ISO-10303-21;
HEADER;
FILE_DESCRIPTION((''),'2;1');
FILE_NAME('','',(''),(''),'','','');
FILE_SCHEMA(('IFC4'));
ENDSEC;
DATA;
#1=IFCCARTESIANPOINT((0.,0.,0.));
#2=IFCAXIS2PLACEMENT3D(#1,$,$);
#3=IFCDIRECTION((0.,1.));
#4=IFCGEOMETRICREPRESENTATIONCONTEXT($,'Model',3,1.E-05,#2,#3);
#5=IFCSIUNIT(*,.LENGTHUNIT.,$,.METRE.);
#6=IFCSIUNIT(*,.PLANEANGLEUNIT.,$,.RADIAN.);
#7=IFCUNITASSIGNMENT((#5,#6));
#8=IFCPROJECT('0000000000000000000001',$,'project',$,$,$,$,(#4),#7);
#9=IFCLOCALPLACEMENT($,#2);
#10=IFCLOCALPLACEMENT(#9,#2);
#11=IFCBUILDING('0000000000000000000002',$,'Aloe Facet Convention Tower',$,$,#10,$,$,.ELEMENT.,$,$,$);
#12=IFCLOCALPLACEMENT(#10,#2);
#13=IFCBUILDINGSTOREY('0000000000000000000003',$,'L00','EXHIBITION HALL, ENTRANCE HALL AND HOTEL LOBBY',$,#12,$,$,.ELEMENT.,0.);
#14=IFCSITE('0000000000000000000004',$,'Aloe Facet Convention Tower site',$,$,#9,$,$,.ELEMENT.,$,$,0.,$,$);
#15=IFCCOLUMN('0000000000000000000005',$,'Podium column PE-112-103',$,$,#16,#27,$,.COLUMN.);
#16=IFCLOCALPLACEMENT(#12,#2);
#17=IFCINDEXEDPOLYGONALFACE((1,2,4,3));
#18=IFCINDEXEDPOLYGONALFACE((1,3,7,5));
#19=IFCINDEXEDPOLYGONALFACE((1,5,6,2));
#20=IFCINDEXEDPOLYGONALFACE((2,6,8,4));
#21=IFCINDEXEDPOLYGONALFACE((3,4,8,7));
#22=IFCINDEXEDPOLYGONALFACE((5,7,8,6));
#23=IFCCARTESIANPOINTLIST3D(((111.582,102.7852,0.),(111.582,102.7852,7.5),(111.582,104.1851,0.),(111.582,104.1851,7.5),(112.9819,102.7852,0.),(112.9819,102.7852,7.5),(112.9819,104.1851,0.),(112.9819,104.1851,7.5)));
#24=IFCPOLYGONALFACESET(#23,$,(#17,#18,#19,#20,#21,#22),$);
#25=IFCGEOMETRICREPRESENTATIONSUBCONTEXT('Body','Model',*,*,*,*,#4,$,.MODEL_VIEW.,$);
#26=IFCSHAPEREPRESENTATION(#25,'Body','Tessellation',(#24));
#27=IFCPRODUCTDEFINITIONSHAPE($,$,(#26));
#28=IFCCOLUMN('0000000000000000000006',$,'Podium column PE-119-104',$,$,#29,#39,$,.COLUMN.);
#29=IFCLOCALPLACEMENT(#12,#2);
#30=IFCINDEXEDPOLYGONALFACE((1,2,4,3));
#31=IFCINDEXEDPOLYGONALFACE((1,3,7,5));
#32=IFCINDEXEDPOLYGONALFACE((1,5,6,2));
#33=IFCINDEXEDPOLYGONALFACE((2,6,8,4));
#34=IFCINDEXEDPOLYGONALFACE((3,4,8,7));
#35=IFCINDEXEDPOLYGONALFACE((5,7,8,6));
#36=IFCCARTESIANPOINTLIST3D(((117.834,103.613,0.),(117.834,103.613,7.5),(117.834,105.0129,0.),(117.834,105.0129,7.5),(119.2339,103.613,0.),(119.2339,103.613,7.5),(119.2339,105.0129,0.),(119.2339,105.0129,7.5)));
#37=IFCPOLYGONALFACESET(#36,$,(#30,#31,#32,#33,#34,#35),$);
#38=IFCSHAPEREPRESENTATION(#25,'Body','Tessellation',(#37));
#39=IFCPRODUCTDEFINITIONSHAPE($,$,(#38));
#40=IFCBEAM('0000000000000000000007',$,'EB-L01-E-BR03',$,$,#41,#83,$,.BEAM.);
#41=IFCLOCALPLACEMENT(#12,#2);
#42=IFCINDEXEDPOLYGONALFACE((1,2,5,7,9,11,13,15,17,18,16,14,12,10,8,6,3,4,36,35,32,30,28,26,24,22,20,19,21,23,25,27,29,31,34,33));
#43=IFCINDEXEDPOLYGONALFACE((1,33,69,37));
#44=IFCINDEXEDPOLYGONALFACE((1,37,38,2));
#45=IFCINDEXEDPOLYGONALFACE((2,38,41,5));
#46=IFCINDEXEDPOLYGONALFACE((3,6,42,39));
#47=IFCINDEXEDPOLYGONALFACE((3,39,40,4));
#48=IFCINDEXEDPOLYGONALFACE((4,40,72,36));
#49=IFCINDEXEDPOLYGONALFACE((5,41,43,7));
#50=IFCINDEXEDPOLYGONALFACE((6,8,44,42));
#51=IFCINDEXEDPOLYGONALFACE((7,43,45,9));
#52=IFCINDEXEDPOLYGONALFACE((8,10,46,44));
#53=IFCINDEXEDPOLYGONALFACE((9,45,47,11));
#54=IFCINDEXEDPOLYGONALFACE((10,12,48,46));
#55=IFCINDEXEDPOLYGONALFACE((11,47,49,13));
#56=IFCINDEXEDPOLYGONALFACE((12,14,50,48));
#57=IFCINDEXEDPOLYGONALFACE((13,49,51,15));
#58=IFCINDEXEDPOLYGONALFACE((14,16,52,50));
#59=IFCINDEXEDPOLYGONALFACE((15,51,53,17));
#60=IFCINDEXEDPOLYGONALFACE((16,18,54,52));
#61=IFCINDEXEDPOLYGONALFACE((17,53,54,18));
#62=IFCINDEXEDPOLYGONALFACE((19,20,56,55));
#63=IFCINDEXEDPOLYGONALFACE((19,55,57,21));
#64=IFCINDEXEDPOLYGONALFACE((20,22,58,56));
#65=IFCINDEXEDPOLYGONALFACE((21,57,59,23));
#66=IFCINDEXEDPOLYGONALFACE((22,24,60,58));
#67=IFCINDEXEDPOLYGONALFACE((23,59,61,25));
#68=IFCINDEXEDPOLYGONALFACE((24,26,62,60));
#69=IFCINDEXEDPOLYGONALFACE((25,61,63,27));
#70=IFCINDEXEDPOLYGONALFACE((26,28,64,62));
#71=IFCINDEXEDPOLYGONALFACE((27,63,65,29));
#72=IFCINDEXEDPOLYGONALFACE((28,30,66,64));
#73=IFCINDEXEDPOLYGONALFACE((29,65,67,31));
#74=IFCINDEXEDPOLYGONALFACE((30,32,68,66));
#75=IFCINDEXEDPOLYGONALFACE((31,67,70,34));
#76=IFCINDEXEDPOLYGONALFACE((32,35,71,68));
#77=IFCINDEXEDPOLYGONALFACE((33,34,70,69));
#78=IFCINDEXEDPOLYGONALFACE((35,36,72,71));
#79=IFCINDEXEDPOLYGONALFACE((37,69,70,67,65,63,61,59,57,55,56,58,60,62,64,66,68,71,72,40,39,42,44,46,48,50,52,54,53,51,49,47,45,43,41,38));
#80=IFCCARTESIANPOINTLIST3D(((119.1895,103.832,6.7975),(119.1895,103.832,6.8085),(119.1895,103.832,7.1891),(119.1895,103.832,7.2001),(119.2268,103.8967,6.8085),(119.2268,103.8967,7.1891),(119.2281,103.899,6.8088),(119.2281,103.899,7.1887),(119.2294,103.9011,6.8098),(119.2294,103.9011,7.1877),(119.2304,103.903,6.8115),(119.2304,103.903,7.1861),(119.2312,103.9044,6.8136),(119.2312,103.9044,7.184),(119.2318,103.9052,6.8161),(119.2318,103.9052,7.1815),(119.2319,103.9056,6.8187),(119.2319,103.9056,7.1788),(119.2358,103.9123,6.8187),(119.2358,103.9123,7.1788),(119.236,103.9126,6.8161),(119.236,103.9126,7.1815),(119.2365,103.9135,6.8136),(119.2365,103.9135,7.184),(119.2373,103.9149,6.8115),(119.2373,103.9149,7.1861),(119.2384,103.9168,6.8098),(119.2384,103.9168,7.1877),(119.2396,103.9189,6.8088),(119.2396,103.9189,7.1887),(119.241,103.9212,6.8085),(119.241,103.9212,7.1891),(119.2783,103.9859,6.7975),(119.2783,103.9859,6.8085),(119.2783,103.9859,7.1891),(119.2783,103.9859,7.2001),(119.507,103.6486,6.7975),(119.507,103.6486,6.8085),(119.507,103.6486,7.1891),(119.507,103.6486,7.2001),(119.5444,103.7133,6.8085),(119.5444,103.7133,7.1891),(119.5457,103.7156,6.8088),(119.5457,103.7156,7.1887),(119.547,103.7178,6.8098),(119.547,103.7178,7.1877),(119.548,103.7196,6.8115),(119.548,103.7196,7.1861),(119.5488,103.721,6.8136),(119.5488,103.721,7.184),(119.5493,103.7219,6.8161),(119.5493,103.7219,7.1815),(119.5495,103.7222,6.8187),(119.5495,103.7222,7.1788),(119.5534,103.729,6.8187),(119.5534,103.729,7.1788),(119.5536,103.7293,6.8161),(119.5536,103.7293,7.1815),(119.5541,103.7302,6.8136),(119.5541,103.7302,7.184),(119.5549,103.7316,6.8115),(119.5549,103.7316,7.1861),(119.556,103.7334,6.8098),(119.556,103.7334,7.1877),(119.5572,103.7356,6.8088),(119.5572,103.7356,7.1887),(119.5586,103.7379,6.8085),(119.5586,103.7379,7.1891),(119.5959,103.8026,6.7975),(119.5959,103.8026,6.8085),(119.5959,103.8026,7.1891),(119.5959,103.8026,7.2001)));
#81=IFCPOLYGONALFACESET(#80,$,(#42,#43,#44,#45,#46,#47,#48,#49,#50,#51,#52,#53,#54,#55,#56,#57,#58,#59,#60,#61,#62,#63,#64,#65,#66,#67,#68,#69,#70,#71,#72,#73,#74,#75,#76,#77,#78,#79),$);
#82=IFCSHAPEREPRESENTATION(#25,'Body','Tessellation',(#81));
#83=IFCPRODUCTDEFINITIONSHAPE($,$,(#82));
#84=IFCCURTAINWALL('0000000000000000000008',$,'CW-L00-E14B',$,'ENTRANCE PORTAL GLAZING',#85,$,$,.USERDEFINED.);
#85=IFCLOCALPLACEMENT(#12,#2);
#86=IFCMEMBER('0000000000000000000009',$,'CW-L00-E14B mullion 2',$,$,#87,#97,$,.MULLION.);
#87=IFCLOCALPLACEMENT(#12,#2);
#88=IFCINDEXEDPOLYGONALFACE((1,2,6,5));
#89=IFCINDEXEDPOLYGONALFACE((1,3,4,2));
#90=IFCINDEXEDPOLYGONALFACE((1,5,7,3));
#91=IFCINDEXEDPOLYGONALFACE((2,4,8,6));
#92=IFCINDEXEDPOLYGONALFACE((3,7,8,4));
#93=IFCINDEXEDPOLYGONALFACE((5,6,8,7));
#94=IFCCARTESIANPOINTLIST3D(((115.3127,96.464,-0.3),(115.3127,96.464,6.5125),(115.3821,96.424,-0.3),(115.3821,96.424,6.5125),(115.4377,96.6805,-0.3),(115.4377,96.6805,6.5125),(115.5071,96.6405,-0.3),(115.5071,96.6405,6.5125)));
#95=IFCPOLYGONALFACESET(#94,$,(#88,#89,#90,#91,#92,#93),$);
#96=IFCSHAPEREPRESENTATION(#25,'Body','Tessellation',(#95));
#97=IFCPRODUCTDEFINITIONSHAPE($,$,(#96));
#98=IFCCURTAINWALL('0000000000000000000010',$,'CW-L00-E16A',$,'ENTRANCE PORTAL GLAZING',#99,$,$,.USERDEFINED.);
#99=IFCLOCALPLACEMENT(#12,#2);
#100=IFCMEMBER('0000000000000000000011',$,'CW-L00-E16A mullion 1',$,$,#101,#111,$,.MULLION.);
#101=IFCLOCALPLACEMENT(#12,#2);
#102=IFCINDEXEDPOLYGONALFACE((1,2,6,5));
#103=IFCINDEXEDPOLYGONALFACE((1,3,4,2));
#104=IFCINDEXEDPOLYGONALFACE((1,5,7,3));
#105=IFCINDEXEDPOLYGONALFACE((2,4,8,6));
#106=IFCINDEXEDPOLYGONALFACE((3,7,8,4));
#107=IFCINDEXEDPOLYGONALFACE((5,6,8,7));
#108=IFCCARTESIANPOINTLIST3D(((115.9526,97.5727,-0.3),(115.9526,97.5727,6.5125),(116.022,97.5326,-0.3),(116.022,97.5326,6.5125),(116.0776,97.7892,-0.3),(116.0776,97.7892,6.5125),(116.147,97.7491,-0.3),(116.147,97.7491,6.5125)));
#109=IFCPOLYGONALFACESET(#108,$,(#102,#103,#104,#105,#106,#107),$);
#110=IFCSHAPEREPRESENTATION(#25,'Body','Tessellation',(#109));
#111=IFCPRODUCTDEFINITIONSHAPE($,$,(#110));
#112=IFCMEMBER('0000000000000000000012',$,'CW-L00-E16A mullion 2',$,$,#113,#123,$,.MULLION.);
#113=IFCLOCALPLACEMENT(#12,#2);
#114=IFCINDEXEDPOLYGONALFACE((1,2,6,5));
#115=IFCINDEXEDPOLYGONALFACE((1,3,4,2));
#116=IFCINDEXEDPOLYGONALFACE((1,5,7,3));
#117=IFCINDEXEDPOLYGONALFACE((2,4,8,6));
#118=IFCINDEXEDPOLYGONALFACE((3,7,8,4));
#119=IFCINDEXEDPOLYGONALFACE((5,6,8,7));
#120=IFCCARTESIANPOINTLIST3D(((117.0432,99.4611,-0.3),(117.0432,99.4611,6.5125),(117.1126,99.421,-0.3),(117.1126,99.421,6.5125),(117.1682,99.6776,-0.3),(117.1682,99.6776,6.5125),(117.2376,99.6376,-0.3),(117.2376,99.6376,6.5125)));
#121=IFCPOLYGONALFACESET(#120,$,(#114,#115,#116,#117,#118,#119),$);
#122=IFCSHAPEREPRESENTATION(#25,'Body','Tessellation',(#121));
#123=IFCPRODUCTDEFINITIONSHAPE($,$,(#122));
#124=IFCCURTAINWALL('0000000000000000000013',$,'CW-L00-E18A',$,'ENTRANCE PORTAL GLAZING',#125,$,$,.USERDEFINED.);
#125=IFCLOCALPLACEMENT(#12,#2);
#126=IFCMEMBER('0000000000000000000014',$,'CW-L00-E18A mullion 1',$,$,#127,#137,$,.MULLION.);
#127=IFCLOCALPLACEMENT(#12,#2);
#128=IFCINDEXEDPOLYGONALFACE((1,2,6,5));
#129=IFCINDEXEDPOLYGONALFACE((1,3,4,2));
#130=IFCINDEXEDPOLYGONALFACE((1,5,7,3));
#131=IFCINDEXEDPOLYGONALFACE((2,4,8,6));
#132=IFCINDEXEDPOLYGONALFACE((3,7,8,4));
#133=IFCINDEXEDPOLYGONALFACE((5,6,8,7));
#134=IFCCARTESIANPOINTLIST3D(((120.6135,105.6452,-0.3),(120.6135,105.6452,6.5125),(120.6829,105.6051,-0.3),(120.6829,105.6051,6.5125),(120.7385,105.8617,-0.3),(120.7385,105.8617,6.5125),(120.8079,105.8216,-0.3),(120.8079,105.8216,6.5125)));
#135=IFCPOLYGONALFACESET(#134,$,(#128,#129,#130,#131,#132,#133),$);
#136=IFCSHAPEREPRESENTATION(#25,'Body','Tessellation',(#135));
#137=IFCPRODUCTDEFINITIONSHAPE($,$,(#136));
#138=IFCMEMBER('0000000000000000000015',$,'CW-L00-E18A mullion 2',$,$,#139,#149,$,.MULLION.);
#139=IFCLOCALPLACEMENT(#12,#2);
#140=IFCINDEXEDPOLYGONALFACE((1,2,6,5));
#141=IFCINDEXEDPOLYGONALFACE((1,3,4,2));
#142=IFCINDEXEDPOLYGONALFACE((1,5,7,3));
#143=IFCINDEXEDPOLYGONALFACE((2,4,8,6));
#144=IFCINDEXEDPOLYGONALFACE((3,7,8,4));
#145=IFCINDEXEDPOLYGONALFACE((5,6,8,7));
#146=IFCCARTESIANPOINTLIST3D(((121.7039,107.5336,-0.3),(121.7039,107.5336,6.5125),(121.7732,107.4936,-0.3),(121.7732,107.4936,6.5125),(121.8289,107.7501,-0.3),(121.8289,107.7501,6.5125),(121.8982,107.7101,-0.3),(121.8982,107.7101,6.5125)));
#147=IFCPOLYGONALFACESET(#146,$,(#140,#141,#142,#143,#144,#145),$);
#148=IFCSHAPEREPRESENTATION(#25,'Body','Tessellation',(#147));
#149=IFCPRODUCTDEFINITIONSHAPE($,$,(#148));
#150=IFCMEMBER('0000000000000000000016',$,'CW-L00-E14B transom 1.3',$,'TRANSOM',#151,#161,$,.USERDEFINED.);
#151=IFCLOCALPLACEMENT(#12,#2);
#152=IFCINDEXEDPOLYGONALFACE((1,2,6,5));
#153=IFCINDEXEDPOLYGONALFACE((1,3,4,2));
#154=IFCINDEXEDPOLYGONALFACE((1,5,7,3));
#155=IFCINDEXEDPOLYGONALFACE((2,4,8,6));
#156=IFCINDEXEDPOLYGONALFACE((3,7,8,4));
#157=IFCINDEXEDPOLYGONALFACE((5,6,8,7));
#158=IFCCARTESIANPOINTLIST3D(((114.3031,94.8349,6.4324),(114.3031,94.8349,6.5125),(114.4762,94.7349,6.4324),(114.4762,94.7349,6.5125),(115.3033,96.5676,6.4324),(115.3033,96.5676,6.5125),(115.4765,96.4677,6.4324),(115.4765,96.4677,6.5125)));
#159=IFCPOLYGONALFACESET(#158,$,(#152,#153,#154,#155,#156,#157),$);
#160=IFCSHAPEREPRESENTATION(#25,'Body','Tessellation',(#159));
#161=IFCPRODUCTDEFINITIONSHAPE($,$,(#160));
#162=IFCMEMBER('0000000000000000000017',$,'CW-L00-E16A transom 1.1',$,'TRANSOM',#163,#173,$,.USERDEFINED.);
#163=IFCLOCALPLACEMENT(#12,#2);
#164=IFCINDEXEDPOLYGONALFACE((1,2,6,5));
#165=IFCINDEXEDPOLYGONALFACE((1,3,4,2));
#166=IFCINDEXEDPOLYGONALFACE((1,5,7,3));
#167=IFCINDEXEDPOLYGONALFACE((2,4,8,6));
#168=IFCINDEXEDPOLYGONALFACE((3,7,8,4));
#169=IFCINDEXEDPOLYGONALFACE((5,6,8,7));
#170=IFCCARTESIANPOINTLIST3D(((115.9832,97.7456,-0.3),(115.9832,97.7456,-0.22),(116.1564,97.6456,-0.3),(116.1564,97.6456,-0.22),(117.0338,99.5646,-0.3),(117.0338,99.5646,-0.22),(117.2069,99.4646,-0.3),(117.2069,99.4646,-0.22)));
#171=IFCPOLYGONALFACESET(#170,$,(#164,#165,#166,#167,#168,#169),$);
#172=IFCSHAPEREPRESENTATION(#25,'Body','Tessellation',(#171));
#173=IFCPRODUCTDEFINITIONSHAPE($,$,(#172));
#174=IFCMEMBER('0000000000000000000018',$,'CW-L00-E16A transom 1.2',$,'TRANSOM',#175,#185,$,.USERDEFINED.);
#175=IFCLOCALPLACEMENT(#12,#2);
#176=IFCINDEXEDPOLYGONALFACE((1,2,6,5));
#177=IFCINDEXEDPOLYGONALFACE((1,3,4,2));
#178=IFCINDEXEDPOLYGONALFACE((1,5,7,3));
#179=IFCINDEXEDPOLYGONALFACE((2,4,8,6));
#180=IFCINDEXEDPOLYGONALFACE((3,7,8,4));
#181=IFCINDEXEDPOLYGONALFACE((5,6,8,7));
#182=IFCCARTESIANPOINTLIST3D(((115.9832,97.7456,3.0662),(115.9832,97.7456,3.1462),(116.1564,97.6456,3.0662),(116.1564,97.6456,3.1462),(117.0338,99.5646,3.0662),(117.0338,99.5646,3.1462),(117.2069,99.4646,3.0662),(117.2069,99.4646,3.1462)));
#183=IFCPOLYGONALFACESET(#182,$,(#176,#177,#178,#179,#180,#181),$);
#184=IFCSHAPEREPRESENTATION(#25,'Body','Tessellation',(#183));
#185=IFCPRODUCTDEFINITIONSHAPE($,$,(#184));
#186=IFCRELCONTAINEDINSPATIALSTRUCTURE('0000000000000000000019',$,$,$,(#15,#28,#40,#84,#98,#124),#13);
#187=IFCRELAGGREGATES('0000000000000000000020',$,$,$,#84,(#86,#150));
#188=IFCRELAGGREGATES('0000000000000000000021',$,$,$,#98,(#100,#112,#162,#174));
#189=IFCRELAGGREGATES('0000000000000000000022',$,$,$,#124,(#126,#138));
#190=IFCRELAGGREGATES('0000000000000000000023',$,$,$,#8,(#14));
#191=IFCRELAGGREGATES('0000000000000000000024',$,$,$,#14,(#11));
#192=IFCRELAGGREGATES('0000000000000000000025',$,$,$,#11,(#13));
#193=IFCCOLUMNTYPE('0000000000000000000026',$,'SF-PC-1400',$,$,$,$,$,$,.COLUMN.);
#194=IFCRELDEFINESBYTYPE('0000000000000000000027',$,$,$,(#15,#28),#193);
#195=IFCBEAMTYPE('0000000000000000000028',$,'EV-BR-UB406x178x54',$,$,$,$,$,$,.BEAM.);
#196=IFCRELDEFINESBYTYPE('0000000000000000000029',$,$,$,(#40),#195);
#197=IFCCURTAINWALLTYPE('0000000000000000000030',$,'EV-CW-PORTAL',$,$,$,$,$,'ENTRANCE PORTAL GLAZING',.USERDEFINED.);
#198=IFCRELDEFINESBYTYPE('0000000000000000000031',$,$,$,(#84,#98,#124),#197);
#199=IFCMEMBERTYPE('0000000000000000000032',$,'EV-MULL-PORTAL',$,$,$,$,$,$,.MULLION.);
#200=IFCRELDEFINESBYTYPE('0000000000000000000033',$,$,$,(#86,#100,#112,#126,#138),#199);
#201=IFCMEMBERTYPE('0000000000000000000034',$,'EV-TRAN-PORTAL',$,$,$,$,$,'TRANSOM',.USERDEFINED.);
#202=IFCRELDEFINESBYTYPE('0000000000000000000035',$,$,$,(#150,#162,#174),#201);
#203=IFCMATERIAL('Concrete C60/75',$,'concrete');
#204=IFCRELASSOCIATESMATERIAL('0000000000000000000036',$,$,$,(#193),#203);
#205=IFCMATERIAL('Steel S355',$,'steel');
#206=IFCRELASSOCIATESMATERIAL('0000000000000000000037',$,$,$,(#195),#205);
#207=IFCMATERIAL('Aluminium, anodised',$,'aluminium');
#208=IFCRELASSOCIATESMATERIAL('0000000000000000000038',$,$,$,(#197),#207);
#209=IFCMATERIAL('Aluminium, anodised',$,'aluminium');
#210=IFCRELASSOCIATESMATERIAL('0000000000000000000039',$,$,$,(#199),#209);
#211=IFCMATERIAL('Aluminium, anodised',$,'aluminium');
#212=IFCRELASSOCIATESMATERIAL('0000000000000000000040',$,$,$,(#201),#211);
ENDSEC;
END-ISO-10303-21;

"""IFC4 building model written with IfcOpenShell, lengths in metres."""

from ifc_helpers import new_model, si_unit, direction, frame, origin, origin_2d, place, context, subcontext, project, spatial, rectangle, i_section, extrude, material, material_profile, profile_set, type_object, element, aggregate, save


model = new_model("IFC4")

# Units and contexts
model_context = context("Model", 3, precision=1e-05, world=origin(), true_north=direction((0.0, 1.0)))
body_context = subcontext(model_context, "Body", "Model", "MODEL_VIEW")
ifc_project = project(units=[si_unit("LENGTHUNIT", "METRE"), si_unit("PLANEANGLEUNIT", "RADIAN")], contexts=[model_context])

# Site, building, storey
site_placement = place(None, origin())
site = spatial("IfcSite", under=ifc_project, at=site_placement, Name="Aloe Facet Convention Tower site", CompositionType="ELEMENT", RefElevation=0.0)
building_placement = place(site_placement, origin())
building = spatial("IfcBuilding", under=site, at=building_placement, Name="Aloe Facet Convention Tower", CompositionType="ELEMENT")
storey_placement = place(building_placement, origin())
storey = spatial("IfcBuildingStorey", under=building, at=storey_placement, Name="L00", Description="EXHIBITION HALL, ENTRANCE HALL AND HOTEL LOBBY", CompositionType="ELEMENT", Elevation=0.0)

# Columns
ifc_material_1 = material(Name="Concrete C60/75", Category="concrete")
ifc_material_profile_1 = material_profile(ifc_material_1, rectangle(XDim=1.3999, YDim=1.3999, at=origin_2d()), Name="SF-PC-1400")
ifc_profile_set_1 = profile_set([ifc_material_profile_1], Name="Concrete C60/75")
column_type = type_object("IfcColumnType", Name="SF-PC-1400", PredefinedType="COLUMN", material=ifc_profile_set_1)
for number, where, z_axis, x_axis, name in (
    (1, (112.282, 103.4851, 0.0), (0.0, 0.0, 1.0), (1.0, 0.0, 0.0), "Podium column PE-112-103"),
    (2, (118.5339, 104.313, 0.0), (0.0, 0.0, 1.0), (1.0, 0.0, 0.0), "Podium column PE-119-104"),
):
    element("IfcColumn", number, at=place(storey_placement, frame(where, z_axis=z_axis, x_axis=x_axis)), inside=storey, type_object=column_type, Name=name, PredefinedType="COLUMN", context=body_context, shape_type="SweptSolid", body=[
        extrude(rectangle(XDim=1.3999, YDim=1.3999, at=origin_2d()), origin(), (0.0, 0.0, 1.0), 7.5),
    ])

# Beam
ifc_material_2 = material(Name="Steel S355", Category="steel")
ifc_material_profile_2 = material_profile(ifc_material_2, i_section(OverallWidth=0.1777, OverallDepth=0.4026, WebThickness=0.0078, FlangeThickness=0.011, FilletRadius=0.0103, at=origin_2d()), Name="UB 406x178x54")
ifc_profile_set_2 = profile_set([ifc_material_profile_2], Name="Steel S355")
beam_type_1 = type_object("IfcBeamType", Name="EV-BR-UB406x178x54", PredefinedType="BEAM", material=ifc_profile_set_2)
beam_1_placement = place(storey_placement, frame((119.2339, 103.9089, 6.9988), z_axis=(0.866064, -0.499934, 0.0), x_axis=(0.499934, 0.866064, 0.0)))
element("IfcBeam", 3, at=beam_1_placement, inside=storey, type_object=beam_type_1, Name="EB-L01-E-BR03", PredefinedType="BEAM", context=body_context, shape_type="SweptSolid", body=[
    extrude(i_section(OverallWidth=0.1777, OverallDepth=0.4026, WebThickness=0.0078, FlangeThickness=0.011, FilletRadius=0.0103, at=origin_2d()), origin(), (0.0, 0.0, 1.0), 0.3667),
])

# Curtain wall, member
ifc_material_3 = material(Name="Aluminium, anodised", Category="aluminium")
curtain_wall_type = type_object("IfcCurtainWallType", Name="EV-CW-PORTAL", ElementType="ENTRANCE PORTAL GLAZING", PredefinedType="USERDEFINED", material=ifc_material_3)
curtain_wall_1_placement = place(storey_placement, origin())
curtain_wall_1 = element("IfcCurtainWall", 4, at=curtain_wall_1_placement, inside=storey, type_object=curtain_wall_type, Name="CW-L00-E14B", ObjectType="ENTRANCE PORTAL GLAZING", PredefinedType="USERDEFINED")
ifc_material_4 = material(Name="Aluminium, anodised", Category="aluminium")
ifc_material_profile_3 = material_profile(ifc_material_4, rectangle(XDim=0.0801, YDim=0.25, at=origin_2d()), Name="AL 80x250")
ifc_profile_set_3 = profile_set([ifc_material_profile_3], Name="Aluminium, anodised")
member_type_1 = type_object("IfcMemberType", Name="EV-MULL-PORTAL", PredefinedType="MULLION", material=ifc_profile_set_3)
member_1_placement = place(storey_placement, frame((115.4099, 96.5522, -0.3), z_axis=(0.0, 0.0, 1.0), x_axis=(-0.866025, 0.5, 0.0)))
member_1 = element("IfcMember", 5, at=member_1_placement, type_object=member_type_1, Name="CW-L00-E14B mullion 2", PredefinedType="MULLION", context=body_context, shape_type="SweptSolid", body=[
    extrude(rectangle(XDim=0.0801, YDim=0.25, at=origin_2d()), origin(), (0.0, 0.0, 1.0), 6.8125),
])

# Curtain walls, members
curtain_wall_2_placement = place(storey_placement, origin())
curtain_wall_2 = element("IfcCurtainWall", 6, at=curtain_wall_2_placement, inside=storey, type_object=curtain_wall_type, Name="CW-L00-E16A", ObjectType="ENTRANCE PORTAL GLAZING", PredefinedType="USERDEFINED")
member_2_placement = place(storey_placement, frame((116.0498, 97.6609, -0.3), z_axis=(0.0, 0.0, 1.0), x_axis=(-0.866025, 0.5, 0.0)))
member_2 = element("IfcMember", 7, at=member_2_placement, type_object=member_type_1, Name="CW-L00-E16A mullion 1", PredefinedType="MULLION", context=body_context, shape_type="SweptSolid", body=[
    extrude(rectangle(XDim=0.0801, YDim=0.25, at=origin_2d()), origin(), (0.0, 0.0, 1.0), 6.8125),
])
member_3_placement = place(storey_placement, frame((117.1404, 99.5493, -0.3), z_axis=(0.0, 0.0, 1.0), x_axis=(-0.866025, 0.5, 0.0)))
member_3 = element("IfcMember", 8, at=member_3_placement, type_object=member_type_1, Name="CW-L00-E16A mullion 2", PredefinedType="MULLION", context=body_context, shape_type="SweptSolid", body=[
    extrude(rectangle(XDim=0.0801, YDim=0.25, at=origin_2d()), origin(), (0.0, 0.0, 1.0), 6.8125),
])
curtain_wall_3_placement = place(storey_placement, origin())
curtain_wall_3 = element("IfcCurtainWall", 9, at=curtain_wall_3_placement, inside=storey, type_object=curtain_wall_type, Name="CW-L00-E18A", ObjectType="ENTRANCE PORTAL GLAZING", PredefinedType="USERDEFINED")
member_4_placement = place(storey_placement, frame((120.7107, 105.7334, -0.3), z_axis=(0.0, 0.0, 1.0), x_axis=(-0.866025, 0.5, 0.0)))
member_4 = element("IfcMember", 10, at=member_4_placement, type_object=member_type_1, Name="CW-L00-E18A mullion 1", PredefinedType="MULLION", context=body_context, shape_type="SweptSolid", body=[
    extrude(rectangle(XDim=0.0801, YDim=0.25, at=origin_2d()), origin(), (0.0, 0.0, 1.0), 6.8125),
])
member_5_placement = place(storey_placement, frame((121.801, 107.6218, -0.3), z_axis=(0.0, 0.0, 1.0), x_axis=(-0.866025, 0.5, 0.0)))
member_5 = element("IfcMember", 11, at=member_5_placement, type_object=member_type_1, Name="CW-L00-E18A mullion 2", PredefinedType="MULLION", context=body_context, shape_type="SweptSolid", body=[
    extrude(rectangle(XDim=0.0801, YDim=0.25, at=origin_2d()), origin(), (0.0, 0.0, 1.0), 6.8125),
])

# Members
ifc_material_5 = material(Name="Aluminium, anodised", Category="aluminium")
ifc_material_profile_4 = material_profile(ifc_material_5, rectangle(XDim=0.2, YDim=0.0801, at=origin_2d()), Name="AL 200x80")
ifc_profile_set_4 = profile_set([ifc_material_profile_4], Name="Aluminium, anodised")
member_type_2 = type_object("IfcMemberType", Name="EV-TRAN-PORTAL", ElementType="TRANSOM", PredefinedType="USERDEFINED", material=ifc_profile_set_4)
member_6_placement = place(storey_placement, frame((114.3896, 94.7849, 6.4724), z_axis=(0.499958, 0.866049, 0.0), x_axis=(-0.866049, 0.499958, 0.0)))
member_6 = element("IfcMember", 12, at=member_6_placement, type_object=member_type_2, Name="CW-L00-E14B transom 1.3", ObjectType="TRANSOM", PredefinedType="USERDEFINED", context=body_context, shape_type="SweptSolid", body=[
    extrude(rectangle(XDim=0.2, YDim=0.0801, at=origin_2d()), origin(), (0.0, 0.0, 1.0), 2.0007),
])
member_7_placement = place(storey_placement, frame((116.0698, 97.6956, -0.26), z_axis=(0.500101, 0.865967, 0.0), x_axis=(-0.865967, 0.500101, 0.0)))
member_7 = element("IfcMember", 13, at=member_7_placement, type_object=member_type_2, Name="CW-L00-E16A transom 1.1", ObjectType="TRANSOM", PredefinedType="USERDEFINED", context=body_context, shape_type="SweptSolid", body=[
    extrude(rectangle(XDim=0.2, YDim=0.0801, at=origin_2d()), origin(), (0.0, 0.0, 1.0), 2.1006),
])
member_8_placement = place(storey_placement, frame((116.0698, 97.6956, 3.1062), z_axis=(0.500101, 0.865967, 0.0), x_axis=(-0.865967, 0.500101, 0.0)))
member_8 = element("IfcMember", 14, at=member_8_placement, type_object=member_type_2, Name="CW-L00-E16A transom 1.2", ObjectType="TRANSOM", PredefinedType="USERDEFINED", context=body_context, shape_type="SweptSolid", body=[
    extrude(rectangle(XDim=0.2, YDim=0.0801, at=origin_2d()), origin(), (0.0, 0.0, 1.0), 2.1006),
])

aggregate(curtain_wall_1, [member_1, member_6])
aggregate(curtain_wall_2, [member_2, member_3, member_7, member_8])
aggregate(curtain_wall_3, [member_4, member_5])

save(model, "model.ifc")
